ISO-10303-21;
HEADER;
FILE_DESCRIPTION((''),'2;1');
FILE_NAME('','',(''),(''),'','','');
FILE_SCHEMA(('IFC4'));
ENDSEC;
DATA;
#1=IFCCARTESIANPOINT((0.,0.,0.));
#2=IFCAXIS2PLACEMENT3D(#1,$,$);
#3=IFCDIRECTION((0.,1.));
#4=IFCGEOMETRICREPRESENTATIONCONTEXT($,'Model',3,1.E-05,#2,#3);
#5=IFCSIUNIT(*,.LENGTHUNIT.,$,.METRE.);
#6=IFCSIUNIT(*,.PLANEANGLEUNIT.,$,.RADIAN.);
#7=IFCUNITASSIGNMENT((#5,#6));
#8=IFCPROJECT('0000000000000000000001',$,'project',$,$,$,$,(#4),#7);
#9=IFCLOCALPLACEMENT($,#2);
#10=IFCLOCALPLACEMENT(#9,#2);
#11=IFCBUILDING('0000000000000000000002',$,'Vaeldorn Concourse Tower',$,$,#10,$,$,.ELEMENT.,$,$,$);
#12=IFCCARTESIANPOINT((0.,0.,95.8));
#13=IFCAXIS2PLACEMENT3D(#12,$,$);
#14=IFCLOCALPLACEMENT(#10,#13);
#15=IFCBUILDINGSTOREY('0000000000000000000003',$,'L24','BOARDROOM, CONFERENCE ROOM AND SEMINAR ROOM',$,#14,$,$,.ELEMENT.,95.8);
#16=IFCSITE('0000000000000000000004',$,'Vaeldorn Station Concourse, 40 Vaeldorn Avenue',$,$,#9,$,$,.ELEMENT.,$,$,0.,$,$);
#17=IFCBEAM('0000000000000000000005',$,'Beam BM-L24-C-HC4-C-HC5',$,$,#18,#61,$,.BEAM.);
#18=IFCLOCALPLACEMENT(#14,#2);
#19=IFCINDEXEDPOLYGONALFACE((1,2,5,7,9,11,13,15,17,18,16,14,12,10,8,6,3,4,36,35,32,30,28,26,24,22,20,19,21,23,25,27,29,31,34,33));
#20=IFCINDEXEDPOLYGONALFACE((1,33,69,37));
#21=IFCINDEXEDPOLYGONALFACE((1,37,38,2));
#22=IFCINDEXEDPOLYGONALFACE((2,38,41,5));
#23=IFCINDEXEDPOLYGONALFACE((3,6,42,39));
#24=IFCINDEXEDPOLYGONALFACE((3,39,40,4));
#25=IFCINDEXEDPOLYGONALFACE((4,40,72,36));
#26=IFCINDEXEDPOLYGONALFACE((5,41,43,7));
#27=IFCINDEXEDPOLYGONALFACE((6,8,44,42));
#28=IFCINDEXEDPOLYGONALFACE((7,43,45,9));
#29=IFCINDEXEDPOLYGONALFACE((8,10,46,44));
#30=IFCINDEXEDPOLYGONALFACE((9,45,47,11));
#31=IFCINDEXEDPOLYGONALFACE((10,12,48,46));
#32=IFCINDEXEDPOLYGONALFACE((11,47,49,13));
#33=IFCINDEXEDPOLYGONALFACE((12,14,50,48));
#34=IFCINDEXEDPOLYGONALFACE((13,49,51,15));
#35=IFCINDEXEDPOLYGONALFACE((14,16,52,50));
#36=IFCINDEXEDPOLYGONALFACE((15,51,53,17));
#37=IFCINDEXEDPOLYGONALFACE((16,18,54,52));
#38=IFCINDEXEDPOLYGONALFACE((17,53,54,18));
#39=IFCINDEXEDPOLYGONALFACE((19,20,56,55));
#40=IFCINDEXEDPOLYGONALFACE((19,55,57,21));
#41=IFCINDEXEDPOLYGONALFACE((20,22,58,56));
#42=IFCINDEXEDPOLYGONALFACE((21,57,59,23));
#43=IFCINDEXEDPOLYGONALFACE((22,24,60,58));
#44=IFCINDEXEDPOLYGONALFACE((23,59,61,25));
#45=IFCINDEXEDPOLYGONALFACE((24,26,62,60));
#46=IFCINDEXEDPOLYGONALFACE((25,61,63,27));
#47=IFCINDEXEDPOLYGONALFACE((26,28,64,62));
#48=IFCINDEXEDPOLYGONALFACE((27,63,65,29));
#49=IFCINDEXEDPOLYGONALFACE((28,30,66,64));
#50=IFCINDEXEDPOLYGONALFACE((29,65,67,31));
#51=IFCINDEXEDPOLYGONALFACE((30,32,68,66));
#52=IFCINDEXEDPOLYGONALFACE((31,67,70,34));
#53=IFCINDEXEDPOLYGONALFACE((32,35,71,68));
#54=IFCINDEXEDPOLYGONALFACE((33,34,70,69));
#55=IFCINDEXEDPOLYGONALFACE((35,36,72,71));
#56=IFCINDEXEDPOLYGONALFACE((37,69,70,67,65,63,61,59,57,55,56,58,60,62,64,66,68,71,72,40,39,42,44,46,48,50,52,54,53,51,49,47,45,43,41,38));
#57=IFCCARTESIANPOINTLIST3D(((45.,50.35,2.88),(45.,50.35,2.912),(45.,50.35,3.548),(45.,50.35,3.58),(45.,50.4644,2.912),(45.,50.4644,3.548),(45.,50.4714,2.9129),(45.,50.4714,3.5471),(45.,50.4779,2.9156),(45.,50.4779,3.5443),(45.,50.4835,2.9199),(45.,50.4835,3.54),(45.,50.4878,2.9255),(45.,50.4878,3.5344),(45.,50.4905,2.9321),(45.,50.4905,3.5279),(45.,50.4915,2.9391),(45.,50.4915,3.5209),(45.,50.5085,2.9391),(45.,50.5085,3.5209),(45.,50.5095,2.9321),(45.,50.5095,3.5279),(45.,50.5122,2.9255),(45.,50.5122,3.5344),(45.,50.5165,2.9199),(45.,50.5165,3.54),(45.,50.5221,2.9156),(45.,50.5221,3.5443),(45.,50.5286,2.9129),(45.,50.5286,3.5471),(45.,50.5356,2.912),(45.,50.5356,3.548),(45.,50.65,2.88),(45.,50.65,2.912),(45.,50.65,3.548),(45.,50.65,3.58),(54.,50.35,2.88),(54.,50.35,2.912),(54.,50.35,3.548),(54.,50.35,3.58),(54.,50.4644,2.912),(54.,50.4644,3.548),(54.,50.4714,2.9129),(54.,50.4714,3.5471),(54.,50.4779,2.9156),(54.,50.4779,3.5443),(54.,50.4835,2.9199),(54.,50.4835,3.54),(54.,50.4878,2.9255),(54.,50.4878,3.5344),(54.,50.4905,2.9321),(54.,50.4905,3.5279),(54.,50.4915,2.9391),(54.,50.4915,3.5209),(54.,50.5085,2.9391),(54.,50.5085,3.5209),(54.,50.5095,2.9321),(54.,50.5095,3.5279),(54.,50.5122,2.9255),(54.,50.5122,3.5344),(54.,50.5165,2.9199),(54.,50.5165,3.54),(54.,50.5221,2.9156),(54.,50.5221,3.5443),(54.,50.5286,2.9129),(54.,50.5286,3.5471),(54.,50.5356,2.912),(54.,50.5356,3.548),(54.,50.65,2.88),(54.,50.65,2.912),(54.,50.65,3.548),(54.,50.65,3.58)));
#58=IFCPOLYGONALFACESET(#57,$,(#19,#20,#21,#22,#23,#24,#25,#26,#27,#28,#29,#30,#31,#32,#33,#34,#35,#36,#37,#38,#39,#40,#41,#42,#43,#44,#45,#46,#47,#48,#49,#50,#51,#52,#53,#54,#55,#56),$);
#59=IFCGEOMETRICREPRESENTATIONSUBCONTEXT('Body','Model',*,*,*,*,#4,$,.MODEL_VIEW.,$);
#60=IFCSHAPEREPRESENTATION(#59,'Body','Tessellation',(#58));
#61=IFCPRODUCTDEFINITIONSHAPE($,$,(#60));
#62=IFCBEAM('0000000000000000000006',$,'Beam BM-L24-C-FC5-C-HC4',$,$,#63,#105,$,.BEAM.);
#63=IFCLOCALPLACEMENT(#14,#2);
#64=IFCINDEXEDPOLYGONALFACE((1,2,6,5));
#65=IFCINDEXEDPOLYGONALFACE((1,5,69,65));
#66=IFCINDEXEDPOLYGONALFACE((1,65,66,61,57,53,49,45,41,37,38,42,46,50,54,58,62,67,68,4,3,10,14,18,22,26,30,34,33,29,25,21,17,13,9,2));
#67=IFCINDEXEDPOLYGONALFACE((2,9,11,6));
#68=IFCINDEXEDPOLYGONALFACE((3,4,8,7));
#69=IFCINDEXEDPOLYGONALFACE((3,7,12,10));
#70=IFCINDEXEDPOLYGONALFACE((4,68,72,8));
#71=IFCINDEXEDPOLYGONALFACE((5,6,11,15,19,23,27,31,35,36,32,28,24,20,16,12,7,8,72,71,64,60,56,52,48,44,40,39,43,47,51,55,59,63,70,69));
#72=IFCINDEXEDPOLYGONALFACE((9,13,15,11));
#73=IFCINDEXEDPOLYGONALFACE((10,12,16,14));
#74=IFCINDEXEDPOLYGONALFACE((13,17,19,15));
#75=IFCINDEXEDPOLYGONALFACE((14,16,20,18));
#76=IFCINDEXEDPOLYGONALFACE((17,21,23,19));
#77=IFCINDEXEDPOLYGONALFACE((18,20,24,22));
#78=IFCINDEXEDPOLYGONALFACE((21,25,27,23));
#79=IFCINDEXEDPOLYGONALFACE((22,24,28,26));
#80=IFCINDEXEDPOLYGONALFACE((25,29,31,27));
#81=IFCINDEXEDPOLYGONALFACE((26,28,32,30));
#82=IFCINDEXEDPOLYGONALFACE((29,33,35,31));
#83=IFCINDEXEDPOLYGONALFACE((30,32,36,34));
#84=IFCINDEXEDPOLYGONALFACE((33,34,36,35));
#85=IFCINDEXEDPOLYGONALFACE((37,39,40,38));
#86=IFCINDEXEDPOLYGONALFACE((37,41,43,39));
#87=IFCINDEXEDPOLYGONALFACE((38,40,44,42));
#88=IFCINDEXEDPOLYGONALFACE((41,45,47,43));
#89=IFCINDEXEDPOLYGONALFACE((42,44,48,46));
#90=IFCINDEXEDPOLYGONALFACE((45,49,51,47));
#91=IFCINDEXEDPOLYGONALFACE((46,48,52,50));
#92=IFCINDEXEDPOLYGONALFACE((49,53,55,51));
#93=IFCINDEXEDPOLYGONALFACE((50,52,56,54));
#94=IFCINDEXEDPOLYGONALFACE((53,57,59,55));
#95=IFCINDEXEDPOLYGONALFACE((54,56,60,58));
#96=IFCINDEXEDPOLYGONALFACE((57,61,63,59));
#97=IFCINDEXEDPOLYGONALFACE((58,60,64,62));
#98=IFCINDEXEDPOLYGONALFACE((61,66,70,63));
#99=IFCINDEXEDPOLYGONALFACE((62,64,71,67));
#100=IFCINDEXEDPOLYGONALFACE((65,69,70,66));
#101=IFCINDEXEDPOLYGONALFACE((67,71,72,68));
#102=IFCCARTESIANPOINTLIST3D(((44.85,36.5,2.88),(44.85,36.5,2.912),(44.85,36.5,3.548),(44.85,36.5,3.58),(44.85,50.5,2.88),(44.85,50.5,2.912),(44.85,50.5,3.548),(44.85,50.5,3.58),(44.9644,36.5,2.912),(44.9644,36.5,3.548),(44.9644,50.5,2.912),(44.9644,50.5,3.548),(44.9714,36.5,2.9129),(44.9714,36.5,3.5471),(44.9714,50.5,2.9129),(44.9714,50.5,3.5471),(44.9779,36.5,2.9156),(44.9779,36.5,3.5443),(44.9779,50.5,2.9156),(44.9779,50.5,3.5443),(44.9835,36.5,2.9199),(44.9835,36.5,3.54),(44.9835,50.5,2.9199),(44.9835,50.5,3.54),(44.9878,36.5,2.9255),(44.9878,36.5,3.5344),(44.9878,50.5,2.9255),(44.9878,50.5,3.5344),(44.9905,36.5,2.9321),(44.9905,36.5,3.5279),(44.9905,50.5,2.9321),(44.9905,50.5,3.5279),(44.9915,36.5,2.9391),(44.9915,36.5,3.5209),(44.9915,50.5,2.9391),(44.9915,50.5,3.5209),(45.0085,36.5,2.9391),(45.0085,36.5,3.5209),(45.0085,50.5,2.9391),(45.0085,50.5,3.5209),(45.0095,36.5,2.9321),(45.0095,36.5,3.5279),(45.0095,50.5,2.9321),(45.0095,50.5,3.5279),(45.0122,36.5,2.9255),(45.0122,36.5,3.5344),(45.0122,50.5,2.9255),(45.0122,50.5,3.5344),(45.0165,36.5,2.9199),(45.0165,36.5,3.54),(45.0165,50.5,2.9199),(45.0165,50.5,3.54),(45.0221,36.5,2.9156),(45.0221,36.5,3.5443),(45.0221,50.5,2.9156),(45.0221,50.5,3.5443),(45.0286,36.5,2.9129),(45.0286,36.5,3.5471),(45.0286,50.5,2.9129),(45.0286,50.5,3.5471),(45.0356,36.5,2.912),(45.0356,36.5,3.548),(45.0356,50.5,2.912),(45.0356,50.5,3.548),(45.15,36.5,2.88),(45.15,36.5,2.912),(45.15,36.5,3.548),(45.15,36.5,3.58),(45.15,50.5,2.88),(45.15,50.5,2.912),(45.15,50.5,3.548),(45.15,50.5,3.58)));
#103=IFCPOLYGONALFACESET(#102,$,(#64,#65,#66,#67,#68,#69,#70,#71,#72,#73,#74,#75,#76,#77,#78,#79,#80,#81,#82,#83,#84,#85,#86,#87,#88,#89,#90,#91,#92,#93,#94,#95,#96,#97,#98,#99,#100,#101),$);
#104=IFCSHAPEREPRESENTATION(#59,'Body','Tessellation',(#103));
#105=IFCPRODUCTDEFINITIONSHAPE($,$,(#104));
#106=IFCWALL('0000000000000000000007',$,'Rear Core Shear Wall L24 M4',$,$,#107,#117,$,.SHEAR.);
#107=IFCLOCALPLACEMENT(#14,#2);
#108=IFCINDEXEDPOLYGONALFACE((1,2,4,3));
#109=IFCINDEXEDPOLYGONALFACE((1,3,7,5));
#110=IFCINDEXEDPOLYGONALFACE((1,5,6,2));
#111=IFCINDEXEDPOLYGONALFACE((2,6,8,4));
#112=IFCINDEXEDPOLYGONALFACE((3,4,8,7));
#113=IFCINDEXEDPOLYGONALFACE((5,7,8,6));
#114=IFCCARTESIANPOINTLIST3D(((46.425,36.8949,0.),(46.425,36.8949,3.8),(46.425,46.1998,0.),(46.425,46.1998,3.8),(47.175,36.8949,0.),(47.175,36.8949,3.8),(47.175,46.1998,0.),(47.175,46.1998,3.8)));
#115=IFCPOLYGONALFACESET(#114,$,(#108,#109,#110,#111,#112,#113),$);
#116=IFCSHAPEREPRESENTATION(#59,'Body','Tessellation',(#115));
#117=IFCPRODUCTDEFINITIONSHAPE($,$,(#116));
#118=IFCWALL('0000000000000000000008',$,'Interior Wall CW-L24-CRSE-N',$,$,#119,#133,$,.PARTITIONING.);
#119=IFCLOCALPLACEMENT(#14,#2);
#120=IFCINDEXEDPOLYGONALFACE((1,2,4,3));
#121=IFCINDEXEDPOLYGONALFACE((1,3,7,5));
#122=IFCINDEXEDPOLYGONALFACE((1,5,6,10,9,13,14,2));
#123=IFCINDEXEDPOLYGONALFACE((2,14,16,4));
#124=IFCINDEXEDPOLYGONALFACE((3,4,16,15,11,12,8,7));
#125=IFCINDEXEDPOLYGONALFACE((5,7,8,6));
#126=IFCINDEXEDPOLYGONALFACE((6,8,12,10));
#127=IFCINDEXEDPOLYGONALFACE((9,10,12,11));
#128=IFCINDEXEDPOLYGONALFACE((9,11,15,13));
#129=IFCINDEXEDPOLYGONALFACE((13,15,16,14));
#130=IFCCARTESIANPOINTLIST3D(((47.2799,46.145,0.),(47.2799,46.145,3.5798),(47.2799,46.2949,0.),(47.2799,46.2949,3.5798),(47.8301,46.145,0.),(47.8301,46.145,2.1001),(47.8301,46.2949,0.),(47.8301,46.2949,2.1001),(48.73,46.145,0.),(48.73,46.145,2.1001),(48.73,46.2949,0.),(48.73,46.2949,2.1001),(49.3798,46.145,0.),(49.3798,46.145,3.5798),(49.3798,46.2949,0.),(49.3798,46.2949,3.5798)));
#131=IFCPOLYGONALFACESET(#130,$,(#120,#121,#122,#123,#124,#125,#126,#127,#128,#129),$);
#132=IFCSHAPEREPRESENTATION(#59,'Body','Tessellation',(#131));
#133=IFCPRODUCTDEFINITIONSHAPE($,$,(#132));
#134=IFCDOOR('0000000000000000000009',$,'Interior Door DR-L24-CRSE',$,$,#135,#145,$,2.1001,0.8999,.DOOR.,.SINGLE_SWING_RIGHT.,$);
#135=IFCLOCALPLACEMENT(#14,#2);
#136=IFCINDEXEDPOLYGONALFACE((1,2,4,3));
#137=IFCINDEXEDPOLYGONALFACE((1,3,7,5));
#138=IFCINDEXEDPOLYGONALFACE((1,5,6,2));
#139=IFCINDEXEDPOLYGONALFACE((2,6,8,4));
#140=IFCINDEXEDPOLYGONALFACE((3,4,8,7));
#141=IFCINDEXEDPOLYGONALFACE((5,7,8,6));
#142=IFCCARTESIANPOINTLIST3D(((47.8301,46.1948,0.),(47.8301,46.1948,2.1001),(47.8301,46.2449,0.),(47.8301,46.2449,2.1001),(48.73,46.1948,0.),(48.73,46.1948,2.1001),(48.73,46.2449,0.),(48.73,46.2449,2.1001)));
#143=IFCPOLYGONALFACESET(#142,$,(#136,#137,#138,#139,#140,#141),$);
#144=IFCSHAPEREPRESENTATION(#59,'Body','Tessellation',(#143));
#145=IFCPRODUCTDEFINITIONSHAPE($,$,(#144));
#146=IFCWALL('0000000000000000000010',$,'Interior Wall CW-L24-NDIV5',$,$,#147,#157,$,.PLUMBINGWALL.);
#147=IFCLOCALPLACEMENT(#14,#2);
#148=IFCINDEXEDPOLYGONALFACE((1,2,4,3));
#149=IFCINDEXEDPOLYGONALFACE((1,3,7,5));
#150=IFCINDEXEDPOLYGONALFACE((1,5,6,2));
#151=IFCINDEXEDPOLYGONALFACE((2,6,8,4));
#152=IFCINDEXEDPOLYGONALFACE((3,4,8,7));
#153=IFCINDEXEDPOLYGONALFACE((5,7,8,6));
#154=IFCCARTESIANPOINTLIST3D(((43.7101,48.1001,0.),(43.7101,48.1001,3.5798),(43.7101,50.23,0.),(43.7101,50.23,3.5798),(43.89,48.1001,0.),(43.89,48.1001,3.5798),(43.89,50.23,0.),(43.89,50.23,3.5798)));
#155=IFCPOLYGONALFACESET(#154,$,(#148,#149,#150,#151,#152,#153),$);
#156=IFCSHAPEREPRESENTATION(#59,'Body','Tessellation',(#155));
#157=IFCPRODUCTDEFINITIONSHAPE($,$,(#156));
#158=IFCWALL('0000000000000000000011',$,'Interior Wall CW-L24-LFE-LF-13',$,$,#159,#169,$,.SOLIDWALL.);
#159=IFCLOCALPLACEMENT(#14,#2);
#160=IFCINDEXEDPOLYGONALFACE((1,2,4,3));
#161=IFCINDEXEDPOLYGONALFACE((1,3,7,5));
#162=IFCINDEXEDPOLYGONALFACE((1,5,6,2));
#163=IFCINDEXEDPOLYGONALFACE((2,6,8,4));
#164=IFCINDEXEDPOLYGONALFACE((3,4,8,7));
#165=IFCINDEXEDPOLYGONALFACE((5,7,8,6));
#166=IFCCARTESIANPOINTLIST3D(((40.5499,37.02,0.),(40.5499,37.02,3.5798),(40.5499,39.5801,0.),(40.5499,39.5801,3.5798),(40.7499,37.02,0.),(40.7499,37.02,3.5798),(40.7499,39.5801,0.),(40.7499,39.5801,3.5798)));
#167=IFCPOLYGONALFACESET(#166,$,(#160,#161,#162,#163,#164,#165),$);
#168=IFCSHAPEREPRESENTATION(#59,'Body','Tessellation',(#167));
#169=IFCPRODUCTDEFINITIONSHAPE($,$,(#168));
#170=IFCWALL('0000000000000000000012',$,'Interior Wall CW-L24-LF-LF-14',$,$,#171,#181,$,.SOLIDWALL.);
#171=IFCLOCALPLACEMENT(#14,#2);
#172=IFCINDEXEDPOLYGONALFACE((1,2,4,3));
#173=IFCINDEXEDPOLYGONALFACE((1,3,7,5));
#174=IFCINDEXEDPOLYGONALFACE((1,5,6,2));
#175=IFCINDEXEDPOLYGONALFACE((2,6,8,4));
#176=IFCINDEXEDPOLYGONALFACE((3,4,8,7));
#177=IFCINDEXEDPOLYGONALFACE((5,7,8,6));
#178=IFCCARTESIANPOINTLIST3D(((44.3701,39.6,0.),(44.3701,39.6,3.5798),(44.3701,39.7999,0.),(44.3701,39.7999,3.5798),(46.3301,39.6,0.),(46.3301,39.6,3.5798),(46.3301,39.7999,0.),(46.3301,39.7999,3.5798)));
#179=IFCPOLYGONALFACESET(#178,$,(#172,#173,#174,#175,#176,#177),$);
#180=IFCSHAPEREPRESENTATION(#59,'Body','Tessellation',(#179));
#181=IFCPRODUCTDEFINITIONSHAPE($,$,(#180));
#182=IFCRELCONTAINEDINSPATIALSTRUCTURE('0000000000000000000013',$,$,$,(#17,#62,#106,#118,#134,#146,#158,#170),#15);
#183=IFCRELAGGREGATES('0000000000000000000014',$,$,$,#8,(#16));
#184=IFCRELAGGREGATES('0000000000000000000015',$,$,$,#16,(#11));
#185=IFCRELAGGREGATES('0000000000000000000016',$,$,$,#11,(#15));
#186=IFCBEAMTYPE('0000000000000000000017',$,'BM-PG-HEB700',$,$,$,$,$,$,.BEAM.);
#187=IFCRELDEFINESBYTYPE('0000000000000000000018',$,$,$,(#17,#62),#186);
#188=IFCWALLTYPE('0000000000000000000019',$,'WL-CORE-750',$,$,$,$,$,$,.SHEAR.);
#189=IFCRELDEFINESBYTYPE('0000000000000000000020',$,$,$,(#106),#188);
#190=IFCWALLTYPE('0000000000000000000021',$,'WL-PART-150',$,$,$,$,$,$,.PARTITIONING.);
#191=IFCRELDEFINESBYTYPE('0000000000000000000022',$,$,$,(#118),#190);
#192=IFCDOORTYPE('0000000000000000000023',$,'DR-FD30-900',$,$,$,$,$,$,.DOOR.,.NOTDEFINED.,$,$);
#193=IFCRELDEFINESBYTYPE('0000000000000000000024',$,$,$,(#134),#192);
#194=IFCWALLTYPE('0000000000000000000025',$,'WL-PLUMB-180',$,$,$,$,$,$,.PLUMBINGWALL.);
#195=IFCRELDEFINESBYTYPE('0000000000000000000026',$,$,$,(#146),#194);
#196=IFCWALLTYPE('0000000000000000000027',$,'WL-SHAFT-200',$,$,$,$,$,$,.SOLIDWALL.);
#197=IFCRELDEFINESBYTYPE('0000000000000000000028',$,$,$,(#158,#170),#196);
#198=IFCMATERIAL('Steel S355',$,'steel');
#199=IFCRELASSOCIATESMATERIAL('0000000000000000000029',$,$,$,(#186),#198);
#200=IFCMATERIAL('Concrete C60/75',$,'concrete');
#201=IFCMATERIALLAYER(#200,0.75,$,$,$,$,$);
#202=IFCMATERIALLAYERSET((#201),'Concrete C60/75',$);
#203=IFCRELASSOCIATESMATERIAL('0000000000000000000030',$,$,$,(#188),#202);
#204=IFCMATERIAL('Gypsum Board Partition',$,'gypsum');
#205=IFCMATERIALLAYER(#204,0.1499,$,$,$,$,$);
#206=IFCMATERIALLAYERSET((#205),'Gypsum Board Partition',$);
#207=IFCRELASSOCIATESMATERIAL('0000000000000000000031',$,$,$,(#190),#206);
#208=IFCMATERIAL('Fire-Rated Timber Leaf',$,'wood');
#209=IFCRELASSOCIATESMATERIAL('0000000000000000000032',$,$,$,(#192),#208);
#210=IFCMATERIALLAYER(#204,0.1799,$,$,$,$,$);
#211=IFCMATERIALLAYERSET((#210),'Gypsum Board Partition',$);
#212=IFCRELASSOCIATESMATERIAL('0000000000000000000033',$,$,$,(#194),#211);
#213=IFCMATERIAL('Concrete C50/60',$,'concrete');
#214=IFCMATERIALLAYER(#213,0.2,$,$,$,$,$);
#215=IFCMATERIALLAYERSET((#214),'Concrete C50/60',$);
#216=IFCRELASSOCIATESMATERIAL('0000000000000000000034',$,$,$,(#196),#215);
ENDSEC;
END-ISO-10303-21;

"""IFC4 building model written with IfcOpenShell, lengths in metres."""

from ifc_helpers import new_model, si_unit, direction, frame, frame_2d, origin, origin_2d, place, context, subcontext, project, spatial, rectangle, i_section, extrude, source, transform, mapped, material, layer, layer_set, material_profile, profile_set, type_object, element, fill, save


model = new_model("IFC4")

# Units and contexts
model_context = context("Model", 3, precision=1e-05, world=origin(), true_north=direction((0.0, 1.0)))
body_context = subcontext(model_context, "Body", "Model", "MODEL_VIEW")
ifc_project = project(units=[si_unit("LENGTHUNIT", "METRE"), si_unit("PLANEANGLEUNIT", "RADIAN")], contexts=[model_context])

# Site, building, storey
site_placement = place(None, origin())
site = spatial("IfcSite", under=ifc_project, at=site_placement, Name="Vaeldorn Station Concourse, 40 Vaeldorn Avenue", CompositionType="ELEMENT", RefElevation=0.0)
building_placement = place(site_placement, origin())
building = spatial("IfcBuilding", under=site, at=building_placement, Name="Vaeldorn Concourse Tower", CompositionType="ELEMENT")
storey_placement = place(building_placement, frame((0.0, 0.0, 95.8)))
storey = spatial("IfcBuildingStorey", under=building, at=storey_placement, Name="L24", Description="BOARDROOM, CONFERENCE ROOM AND SEMINAR ROOM", CompositionType="ELEMENT", Elevation=95.8)

# Beams
ifc_material_1 = material(Name="Concrete C60/75", Category="concrete")
ifc_material_2 = material(Name="Steel S355", Category="steel")
ifc_material_profile_1 = material_profile(ifc_material_2, i_section(OverallWidth=0.3, OverallDepth=0.7, WebThickness=0.0171, FlangeThickness=0.032, FilletRadius=0.0271, at=origin_2d()), Name="HEB 700")
ifc_profile_set_1 = profile_set([ifc_material_profile_1], Name="Steel S355")
beam_type_1 = type_object("IfcBeamType", Name="BM-PG-HEB700", PredefinedType="BEAM", material=ifc_profile_set_1)
shared_shape_1 = source(origin(), body_context, "Body", "SweptSolid", [
    extrude(i_section(OverallWidth=0.3, OverallDepth=0.7, WebThickness=0.0171, FlangeThickness=0.032, FilletRadius=0.0271, at=origin_2d()), origin(), (0.0, 0.0, 1.0), 9.0),
])
beam_1_placement = place(storey_placement, frame((45.0, 50.5, 3.23), z_axis=(1.0, 0.0, 0.0), x_axis=(0.0, 1.0, 0.0)))
element("IfcBeam", 1, at=beam_1_placement, inside=storey, type_object=beam_type_1, Name="Beam BM-L24-C-HC4-C-HC5", PredefinedType="BEAM", context=body_context, shape_type="MappedRepresentation", body=[
    mapped(shared_shape_1, transform((0.0, 0.0, 0.0), scale=1.0)),
])
shared_shape_2 = source(origin(), body_context, "Body", "SweptSolid", [
    extrude(i_section(OverallWidth=0.3, OverallDepth=0.7, WebThickness=0.0171, FlangeThickness=0.032, FilletRadius=0.0271, at=origin_2d()), origin(), (0.0, 0.0, 1.0), 14.0),
])
beam_2_placement = place(storey_placement, frame((45.0, 36.5, 3.23), z_axis=(0.0, 1.0, 0.0), x_axis=(-1.0, 0.0, 0.0)))
element("IfcBeam", 2, at=beam_2_placement, inside=storey, type_object=beam_type_1, Name="Beam BM-L24-C-FC5-C-HC4", PredefinedType="BEAM", context=body_context, shape_type="MappedRepresentation", body=[
    mapped(shared_shape_2, transform((0.0, 0.0, 0.0), scale=1.0)),
])

# Wall
ifc_layer_1 = layer(ifc_material_1, 0.75)
ifc_layer_set_1 = layer_set([ifc_layer_1], Name="Concrete C60/75")
wall_type_1 = type_object("IfcWallType", Name="WL-CORE-750", PredefinedType="SHEAR", material=ifc_layer_set_1)
wall_1_placement = place(storey_placement, frame((46.8, 36.895, 0.0), z_axis=(0.0, 0.0, 1.0), x_axis=(0.0, 1.0, 0.0)))
element("IfcWall", 3, at=wall_1_placement, inside=storey, type_object=wall_type_1, Name="Rear Core Shear Wall L24 M4", PredefinedType="SHEAR", context=body_context, shape_type="SweptSolid", body=[
    extrude(rectangle(XDim=9.3049, YDim=0.75, at=frame_2d((4.6523, 0.0))), origin(), (0.0, 0.0, 1.0), 3.8),
])

# Wall, opening, door
ifc_material_3 = material(Name="Gypsum Board Partition", Category="gypsum")
ifc_layer_2 = layer(ifc_material_3, 0.1499)
ifc_layer_set_2 = layer_set([ifc_layer_2], Name="Gypsum Board Partition")
wall_type_2 = type_object("IfcWallType", Name="WL-PART-150", PredefinedType="PARTITIONING", material=ifc_layer_set_2)
wall_2_placement = place(storey_placement, frame((47.28, 46.22, 0.0), z_axis=(0.0, 0.0, 1.0), x_axis=(1.0, 0.0, 0.0)))
wall_2 = element("IfcWall", 4, at=wall_2_placement, inside=storey, type_object=wall_type_2, Name="Interior Wall CW-L24-CRSE-N", PredefinedType="PARTITIONING", context=body_context, shape_type="SweptSolid", body=[
    extrude(rectangle(XDim=2.0999, YDim=0.1499, at=frame_2d((1.0498, 0.0))), origin(), (0.0, 0.0, 1.0), 3.5798),
])
opening_1_placement = place(wall_2_placement, frame((0.55, 0.0, 0.0)))
opening_1 = element("IfcOpeningElement", 5, at=opening_1_placement, cuts=wall_2, PredefinedType="OPENING", context=body_context, shape_type="SweptSolid", body=[
    extrude(rectangle(XDim=0.8999, YDim=2.1001, at=frame_2d((0.45, 1.05))), frame((0.0, 0.085, 0.0), z_axis=(0.0, -1.0, 0.0), x_axis=(1.0, 0.0, 0.0)), (0.0, 0.0, 1.0), 0.1699),
])
ifc_material_4 = material(Name="Fire-Rated Timber Leaf", Category="wood")
door_type_1 = type_object("IfcDoorType", Name="DR-FD30-900", OperationType="NOTDEFINED", PredefinedType="DOOR", material=ifc_material_4)
shared_shape_3 = source(origin(), body_context, "Body", "SweptSolid", [
    extrude(rectangle(XDim=0.8999, YDim=2.1001, at=frame_2d((0.45, 1.05))), frame((0.0, 0.0249, 0.0), z_axis=(0.0, -1.0, 0.0), x_axis=(1.0, 0.0, 0.0)), (0.0, 0.0, 1.0), 0.05),
])
door_1_placement = place(opening_1_placement, origin())
door_1 = element("IfcDoor", 6, at=door_1_placement, inside=storey, type_object=door_type_1, Name="Interior Door DR-L24-CRSE", OperationType="SINGLE_SWING_RIGHT", OverallHeight=2.1001, OverallWidth=0.8999, PredefinedType="DOOR", context=body_context, shape_type="MappedRepresentation", body=[
    mapped(shared_shape_3, transform((0.0, 0.0, 0.0), scale=1.0)),
])
fill(opening_1, door_1)

# Wall
ifc_layer_3 = layer(ifc_material_3, 0.1799)
ifc_layer_set_3 = layer_set([ifc_layer_3], Name="Gypsum Board Partition")
wall_type_3 = type_object("IfcWallType", Name="WL-PLUMB-180", PredefinedType="PLUMBINGWALL", material=ifc_layer_set_3)
wall_3_placement = place(storey_placement, frame((43.8, 48.1001, 0.0), z_axis=(0.0, 0.0, 1.0), x_axis=(0.0, 1.0, 0.0)))
element("IfcWall", 7, at=wall_3_placement, inside=storey, type_object=wall_type_3, Name="Interior Wall CW-L24-NDIV5", PredefinedType="PLUMBINGWALL", context=body_context, shape_type="SweptSolid", body=[
    extrude(rectangle(XDim=2.1299, YDim=0.1799, at=frame_2d((1.0649, 0.0))), origin(), (0.0, 0.0, 1.0), 3.5798),
])

# Shared definitions
ifc_material_5 = material(Name="Concrete C50/60", Category="concrete")
ifc_layer_4 = layer(ifc_material_5, 0.2)
ifc_layer_set_4 = layer_set([ifc_layer_4], Name="Concrete C50/60")
wall_type_4 = type_object("IfcWallType", Name="WL-SHAFT-200", PredefinedType="SOLIDWALL", material=ifc_layer_set_4)

# Walls
wall_4_placement = place(storey_placement, frame((40.6499, 37.02, 0.0), z_axis=(0.0, 0.0, 1.0), x_axis=(0.0, 1.0, 0.0)))
element("IfcWall", 8, at=wall_4_placement, inside=storey, type_object=wall_type_4, Name="Interior Wall CW-L24-LFE-LF-13", PredefinedType="SOLIDWALL", context=body_context, shape_type="SweptSolid", body=[
    extrude(rectangle(XDim=2.5601, YDim=0.2, at=frame_2d((1.28, 0.0))), origin(), (0.0, 0.0, 1.0), 3.5798),
])
wall_5_placement = place(storey_placement, frame((44.3701, 39.7, 0.0), z_axis=(0.0, 0.0, 1.0), x_axis=(1.0, 0.0, 0.0)))
element("IfcWall", 9, at=wall_5_placement, inside=storey, type_object=wall_type_4, Name="Interior Wall CW-L24-LF-LF-14", PredefinedType="SOLIDWALL", context=body_context, shape_type="SweptSolid", body=[
    extrude(rectangle(XDim=1.96, YDim=0.2, at=frame_2d((0.98, 0.0))), origin(), (0.0, 0.0, 1.0), 3.5798),
])

save(model, "model.ifc")
